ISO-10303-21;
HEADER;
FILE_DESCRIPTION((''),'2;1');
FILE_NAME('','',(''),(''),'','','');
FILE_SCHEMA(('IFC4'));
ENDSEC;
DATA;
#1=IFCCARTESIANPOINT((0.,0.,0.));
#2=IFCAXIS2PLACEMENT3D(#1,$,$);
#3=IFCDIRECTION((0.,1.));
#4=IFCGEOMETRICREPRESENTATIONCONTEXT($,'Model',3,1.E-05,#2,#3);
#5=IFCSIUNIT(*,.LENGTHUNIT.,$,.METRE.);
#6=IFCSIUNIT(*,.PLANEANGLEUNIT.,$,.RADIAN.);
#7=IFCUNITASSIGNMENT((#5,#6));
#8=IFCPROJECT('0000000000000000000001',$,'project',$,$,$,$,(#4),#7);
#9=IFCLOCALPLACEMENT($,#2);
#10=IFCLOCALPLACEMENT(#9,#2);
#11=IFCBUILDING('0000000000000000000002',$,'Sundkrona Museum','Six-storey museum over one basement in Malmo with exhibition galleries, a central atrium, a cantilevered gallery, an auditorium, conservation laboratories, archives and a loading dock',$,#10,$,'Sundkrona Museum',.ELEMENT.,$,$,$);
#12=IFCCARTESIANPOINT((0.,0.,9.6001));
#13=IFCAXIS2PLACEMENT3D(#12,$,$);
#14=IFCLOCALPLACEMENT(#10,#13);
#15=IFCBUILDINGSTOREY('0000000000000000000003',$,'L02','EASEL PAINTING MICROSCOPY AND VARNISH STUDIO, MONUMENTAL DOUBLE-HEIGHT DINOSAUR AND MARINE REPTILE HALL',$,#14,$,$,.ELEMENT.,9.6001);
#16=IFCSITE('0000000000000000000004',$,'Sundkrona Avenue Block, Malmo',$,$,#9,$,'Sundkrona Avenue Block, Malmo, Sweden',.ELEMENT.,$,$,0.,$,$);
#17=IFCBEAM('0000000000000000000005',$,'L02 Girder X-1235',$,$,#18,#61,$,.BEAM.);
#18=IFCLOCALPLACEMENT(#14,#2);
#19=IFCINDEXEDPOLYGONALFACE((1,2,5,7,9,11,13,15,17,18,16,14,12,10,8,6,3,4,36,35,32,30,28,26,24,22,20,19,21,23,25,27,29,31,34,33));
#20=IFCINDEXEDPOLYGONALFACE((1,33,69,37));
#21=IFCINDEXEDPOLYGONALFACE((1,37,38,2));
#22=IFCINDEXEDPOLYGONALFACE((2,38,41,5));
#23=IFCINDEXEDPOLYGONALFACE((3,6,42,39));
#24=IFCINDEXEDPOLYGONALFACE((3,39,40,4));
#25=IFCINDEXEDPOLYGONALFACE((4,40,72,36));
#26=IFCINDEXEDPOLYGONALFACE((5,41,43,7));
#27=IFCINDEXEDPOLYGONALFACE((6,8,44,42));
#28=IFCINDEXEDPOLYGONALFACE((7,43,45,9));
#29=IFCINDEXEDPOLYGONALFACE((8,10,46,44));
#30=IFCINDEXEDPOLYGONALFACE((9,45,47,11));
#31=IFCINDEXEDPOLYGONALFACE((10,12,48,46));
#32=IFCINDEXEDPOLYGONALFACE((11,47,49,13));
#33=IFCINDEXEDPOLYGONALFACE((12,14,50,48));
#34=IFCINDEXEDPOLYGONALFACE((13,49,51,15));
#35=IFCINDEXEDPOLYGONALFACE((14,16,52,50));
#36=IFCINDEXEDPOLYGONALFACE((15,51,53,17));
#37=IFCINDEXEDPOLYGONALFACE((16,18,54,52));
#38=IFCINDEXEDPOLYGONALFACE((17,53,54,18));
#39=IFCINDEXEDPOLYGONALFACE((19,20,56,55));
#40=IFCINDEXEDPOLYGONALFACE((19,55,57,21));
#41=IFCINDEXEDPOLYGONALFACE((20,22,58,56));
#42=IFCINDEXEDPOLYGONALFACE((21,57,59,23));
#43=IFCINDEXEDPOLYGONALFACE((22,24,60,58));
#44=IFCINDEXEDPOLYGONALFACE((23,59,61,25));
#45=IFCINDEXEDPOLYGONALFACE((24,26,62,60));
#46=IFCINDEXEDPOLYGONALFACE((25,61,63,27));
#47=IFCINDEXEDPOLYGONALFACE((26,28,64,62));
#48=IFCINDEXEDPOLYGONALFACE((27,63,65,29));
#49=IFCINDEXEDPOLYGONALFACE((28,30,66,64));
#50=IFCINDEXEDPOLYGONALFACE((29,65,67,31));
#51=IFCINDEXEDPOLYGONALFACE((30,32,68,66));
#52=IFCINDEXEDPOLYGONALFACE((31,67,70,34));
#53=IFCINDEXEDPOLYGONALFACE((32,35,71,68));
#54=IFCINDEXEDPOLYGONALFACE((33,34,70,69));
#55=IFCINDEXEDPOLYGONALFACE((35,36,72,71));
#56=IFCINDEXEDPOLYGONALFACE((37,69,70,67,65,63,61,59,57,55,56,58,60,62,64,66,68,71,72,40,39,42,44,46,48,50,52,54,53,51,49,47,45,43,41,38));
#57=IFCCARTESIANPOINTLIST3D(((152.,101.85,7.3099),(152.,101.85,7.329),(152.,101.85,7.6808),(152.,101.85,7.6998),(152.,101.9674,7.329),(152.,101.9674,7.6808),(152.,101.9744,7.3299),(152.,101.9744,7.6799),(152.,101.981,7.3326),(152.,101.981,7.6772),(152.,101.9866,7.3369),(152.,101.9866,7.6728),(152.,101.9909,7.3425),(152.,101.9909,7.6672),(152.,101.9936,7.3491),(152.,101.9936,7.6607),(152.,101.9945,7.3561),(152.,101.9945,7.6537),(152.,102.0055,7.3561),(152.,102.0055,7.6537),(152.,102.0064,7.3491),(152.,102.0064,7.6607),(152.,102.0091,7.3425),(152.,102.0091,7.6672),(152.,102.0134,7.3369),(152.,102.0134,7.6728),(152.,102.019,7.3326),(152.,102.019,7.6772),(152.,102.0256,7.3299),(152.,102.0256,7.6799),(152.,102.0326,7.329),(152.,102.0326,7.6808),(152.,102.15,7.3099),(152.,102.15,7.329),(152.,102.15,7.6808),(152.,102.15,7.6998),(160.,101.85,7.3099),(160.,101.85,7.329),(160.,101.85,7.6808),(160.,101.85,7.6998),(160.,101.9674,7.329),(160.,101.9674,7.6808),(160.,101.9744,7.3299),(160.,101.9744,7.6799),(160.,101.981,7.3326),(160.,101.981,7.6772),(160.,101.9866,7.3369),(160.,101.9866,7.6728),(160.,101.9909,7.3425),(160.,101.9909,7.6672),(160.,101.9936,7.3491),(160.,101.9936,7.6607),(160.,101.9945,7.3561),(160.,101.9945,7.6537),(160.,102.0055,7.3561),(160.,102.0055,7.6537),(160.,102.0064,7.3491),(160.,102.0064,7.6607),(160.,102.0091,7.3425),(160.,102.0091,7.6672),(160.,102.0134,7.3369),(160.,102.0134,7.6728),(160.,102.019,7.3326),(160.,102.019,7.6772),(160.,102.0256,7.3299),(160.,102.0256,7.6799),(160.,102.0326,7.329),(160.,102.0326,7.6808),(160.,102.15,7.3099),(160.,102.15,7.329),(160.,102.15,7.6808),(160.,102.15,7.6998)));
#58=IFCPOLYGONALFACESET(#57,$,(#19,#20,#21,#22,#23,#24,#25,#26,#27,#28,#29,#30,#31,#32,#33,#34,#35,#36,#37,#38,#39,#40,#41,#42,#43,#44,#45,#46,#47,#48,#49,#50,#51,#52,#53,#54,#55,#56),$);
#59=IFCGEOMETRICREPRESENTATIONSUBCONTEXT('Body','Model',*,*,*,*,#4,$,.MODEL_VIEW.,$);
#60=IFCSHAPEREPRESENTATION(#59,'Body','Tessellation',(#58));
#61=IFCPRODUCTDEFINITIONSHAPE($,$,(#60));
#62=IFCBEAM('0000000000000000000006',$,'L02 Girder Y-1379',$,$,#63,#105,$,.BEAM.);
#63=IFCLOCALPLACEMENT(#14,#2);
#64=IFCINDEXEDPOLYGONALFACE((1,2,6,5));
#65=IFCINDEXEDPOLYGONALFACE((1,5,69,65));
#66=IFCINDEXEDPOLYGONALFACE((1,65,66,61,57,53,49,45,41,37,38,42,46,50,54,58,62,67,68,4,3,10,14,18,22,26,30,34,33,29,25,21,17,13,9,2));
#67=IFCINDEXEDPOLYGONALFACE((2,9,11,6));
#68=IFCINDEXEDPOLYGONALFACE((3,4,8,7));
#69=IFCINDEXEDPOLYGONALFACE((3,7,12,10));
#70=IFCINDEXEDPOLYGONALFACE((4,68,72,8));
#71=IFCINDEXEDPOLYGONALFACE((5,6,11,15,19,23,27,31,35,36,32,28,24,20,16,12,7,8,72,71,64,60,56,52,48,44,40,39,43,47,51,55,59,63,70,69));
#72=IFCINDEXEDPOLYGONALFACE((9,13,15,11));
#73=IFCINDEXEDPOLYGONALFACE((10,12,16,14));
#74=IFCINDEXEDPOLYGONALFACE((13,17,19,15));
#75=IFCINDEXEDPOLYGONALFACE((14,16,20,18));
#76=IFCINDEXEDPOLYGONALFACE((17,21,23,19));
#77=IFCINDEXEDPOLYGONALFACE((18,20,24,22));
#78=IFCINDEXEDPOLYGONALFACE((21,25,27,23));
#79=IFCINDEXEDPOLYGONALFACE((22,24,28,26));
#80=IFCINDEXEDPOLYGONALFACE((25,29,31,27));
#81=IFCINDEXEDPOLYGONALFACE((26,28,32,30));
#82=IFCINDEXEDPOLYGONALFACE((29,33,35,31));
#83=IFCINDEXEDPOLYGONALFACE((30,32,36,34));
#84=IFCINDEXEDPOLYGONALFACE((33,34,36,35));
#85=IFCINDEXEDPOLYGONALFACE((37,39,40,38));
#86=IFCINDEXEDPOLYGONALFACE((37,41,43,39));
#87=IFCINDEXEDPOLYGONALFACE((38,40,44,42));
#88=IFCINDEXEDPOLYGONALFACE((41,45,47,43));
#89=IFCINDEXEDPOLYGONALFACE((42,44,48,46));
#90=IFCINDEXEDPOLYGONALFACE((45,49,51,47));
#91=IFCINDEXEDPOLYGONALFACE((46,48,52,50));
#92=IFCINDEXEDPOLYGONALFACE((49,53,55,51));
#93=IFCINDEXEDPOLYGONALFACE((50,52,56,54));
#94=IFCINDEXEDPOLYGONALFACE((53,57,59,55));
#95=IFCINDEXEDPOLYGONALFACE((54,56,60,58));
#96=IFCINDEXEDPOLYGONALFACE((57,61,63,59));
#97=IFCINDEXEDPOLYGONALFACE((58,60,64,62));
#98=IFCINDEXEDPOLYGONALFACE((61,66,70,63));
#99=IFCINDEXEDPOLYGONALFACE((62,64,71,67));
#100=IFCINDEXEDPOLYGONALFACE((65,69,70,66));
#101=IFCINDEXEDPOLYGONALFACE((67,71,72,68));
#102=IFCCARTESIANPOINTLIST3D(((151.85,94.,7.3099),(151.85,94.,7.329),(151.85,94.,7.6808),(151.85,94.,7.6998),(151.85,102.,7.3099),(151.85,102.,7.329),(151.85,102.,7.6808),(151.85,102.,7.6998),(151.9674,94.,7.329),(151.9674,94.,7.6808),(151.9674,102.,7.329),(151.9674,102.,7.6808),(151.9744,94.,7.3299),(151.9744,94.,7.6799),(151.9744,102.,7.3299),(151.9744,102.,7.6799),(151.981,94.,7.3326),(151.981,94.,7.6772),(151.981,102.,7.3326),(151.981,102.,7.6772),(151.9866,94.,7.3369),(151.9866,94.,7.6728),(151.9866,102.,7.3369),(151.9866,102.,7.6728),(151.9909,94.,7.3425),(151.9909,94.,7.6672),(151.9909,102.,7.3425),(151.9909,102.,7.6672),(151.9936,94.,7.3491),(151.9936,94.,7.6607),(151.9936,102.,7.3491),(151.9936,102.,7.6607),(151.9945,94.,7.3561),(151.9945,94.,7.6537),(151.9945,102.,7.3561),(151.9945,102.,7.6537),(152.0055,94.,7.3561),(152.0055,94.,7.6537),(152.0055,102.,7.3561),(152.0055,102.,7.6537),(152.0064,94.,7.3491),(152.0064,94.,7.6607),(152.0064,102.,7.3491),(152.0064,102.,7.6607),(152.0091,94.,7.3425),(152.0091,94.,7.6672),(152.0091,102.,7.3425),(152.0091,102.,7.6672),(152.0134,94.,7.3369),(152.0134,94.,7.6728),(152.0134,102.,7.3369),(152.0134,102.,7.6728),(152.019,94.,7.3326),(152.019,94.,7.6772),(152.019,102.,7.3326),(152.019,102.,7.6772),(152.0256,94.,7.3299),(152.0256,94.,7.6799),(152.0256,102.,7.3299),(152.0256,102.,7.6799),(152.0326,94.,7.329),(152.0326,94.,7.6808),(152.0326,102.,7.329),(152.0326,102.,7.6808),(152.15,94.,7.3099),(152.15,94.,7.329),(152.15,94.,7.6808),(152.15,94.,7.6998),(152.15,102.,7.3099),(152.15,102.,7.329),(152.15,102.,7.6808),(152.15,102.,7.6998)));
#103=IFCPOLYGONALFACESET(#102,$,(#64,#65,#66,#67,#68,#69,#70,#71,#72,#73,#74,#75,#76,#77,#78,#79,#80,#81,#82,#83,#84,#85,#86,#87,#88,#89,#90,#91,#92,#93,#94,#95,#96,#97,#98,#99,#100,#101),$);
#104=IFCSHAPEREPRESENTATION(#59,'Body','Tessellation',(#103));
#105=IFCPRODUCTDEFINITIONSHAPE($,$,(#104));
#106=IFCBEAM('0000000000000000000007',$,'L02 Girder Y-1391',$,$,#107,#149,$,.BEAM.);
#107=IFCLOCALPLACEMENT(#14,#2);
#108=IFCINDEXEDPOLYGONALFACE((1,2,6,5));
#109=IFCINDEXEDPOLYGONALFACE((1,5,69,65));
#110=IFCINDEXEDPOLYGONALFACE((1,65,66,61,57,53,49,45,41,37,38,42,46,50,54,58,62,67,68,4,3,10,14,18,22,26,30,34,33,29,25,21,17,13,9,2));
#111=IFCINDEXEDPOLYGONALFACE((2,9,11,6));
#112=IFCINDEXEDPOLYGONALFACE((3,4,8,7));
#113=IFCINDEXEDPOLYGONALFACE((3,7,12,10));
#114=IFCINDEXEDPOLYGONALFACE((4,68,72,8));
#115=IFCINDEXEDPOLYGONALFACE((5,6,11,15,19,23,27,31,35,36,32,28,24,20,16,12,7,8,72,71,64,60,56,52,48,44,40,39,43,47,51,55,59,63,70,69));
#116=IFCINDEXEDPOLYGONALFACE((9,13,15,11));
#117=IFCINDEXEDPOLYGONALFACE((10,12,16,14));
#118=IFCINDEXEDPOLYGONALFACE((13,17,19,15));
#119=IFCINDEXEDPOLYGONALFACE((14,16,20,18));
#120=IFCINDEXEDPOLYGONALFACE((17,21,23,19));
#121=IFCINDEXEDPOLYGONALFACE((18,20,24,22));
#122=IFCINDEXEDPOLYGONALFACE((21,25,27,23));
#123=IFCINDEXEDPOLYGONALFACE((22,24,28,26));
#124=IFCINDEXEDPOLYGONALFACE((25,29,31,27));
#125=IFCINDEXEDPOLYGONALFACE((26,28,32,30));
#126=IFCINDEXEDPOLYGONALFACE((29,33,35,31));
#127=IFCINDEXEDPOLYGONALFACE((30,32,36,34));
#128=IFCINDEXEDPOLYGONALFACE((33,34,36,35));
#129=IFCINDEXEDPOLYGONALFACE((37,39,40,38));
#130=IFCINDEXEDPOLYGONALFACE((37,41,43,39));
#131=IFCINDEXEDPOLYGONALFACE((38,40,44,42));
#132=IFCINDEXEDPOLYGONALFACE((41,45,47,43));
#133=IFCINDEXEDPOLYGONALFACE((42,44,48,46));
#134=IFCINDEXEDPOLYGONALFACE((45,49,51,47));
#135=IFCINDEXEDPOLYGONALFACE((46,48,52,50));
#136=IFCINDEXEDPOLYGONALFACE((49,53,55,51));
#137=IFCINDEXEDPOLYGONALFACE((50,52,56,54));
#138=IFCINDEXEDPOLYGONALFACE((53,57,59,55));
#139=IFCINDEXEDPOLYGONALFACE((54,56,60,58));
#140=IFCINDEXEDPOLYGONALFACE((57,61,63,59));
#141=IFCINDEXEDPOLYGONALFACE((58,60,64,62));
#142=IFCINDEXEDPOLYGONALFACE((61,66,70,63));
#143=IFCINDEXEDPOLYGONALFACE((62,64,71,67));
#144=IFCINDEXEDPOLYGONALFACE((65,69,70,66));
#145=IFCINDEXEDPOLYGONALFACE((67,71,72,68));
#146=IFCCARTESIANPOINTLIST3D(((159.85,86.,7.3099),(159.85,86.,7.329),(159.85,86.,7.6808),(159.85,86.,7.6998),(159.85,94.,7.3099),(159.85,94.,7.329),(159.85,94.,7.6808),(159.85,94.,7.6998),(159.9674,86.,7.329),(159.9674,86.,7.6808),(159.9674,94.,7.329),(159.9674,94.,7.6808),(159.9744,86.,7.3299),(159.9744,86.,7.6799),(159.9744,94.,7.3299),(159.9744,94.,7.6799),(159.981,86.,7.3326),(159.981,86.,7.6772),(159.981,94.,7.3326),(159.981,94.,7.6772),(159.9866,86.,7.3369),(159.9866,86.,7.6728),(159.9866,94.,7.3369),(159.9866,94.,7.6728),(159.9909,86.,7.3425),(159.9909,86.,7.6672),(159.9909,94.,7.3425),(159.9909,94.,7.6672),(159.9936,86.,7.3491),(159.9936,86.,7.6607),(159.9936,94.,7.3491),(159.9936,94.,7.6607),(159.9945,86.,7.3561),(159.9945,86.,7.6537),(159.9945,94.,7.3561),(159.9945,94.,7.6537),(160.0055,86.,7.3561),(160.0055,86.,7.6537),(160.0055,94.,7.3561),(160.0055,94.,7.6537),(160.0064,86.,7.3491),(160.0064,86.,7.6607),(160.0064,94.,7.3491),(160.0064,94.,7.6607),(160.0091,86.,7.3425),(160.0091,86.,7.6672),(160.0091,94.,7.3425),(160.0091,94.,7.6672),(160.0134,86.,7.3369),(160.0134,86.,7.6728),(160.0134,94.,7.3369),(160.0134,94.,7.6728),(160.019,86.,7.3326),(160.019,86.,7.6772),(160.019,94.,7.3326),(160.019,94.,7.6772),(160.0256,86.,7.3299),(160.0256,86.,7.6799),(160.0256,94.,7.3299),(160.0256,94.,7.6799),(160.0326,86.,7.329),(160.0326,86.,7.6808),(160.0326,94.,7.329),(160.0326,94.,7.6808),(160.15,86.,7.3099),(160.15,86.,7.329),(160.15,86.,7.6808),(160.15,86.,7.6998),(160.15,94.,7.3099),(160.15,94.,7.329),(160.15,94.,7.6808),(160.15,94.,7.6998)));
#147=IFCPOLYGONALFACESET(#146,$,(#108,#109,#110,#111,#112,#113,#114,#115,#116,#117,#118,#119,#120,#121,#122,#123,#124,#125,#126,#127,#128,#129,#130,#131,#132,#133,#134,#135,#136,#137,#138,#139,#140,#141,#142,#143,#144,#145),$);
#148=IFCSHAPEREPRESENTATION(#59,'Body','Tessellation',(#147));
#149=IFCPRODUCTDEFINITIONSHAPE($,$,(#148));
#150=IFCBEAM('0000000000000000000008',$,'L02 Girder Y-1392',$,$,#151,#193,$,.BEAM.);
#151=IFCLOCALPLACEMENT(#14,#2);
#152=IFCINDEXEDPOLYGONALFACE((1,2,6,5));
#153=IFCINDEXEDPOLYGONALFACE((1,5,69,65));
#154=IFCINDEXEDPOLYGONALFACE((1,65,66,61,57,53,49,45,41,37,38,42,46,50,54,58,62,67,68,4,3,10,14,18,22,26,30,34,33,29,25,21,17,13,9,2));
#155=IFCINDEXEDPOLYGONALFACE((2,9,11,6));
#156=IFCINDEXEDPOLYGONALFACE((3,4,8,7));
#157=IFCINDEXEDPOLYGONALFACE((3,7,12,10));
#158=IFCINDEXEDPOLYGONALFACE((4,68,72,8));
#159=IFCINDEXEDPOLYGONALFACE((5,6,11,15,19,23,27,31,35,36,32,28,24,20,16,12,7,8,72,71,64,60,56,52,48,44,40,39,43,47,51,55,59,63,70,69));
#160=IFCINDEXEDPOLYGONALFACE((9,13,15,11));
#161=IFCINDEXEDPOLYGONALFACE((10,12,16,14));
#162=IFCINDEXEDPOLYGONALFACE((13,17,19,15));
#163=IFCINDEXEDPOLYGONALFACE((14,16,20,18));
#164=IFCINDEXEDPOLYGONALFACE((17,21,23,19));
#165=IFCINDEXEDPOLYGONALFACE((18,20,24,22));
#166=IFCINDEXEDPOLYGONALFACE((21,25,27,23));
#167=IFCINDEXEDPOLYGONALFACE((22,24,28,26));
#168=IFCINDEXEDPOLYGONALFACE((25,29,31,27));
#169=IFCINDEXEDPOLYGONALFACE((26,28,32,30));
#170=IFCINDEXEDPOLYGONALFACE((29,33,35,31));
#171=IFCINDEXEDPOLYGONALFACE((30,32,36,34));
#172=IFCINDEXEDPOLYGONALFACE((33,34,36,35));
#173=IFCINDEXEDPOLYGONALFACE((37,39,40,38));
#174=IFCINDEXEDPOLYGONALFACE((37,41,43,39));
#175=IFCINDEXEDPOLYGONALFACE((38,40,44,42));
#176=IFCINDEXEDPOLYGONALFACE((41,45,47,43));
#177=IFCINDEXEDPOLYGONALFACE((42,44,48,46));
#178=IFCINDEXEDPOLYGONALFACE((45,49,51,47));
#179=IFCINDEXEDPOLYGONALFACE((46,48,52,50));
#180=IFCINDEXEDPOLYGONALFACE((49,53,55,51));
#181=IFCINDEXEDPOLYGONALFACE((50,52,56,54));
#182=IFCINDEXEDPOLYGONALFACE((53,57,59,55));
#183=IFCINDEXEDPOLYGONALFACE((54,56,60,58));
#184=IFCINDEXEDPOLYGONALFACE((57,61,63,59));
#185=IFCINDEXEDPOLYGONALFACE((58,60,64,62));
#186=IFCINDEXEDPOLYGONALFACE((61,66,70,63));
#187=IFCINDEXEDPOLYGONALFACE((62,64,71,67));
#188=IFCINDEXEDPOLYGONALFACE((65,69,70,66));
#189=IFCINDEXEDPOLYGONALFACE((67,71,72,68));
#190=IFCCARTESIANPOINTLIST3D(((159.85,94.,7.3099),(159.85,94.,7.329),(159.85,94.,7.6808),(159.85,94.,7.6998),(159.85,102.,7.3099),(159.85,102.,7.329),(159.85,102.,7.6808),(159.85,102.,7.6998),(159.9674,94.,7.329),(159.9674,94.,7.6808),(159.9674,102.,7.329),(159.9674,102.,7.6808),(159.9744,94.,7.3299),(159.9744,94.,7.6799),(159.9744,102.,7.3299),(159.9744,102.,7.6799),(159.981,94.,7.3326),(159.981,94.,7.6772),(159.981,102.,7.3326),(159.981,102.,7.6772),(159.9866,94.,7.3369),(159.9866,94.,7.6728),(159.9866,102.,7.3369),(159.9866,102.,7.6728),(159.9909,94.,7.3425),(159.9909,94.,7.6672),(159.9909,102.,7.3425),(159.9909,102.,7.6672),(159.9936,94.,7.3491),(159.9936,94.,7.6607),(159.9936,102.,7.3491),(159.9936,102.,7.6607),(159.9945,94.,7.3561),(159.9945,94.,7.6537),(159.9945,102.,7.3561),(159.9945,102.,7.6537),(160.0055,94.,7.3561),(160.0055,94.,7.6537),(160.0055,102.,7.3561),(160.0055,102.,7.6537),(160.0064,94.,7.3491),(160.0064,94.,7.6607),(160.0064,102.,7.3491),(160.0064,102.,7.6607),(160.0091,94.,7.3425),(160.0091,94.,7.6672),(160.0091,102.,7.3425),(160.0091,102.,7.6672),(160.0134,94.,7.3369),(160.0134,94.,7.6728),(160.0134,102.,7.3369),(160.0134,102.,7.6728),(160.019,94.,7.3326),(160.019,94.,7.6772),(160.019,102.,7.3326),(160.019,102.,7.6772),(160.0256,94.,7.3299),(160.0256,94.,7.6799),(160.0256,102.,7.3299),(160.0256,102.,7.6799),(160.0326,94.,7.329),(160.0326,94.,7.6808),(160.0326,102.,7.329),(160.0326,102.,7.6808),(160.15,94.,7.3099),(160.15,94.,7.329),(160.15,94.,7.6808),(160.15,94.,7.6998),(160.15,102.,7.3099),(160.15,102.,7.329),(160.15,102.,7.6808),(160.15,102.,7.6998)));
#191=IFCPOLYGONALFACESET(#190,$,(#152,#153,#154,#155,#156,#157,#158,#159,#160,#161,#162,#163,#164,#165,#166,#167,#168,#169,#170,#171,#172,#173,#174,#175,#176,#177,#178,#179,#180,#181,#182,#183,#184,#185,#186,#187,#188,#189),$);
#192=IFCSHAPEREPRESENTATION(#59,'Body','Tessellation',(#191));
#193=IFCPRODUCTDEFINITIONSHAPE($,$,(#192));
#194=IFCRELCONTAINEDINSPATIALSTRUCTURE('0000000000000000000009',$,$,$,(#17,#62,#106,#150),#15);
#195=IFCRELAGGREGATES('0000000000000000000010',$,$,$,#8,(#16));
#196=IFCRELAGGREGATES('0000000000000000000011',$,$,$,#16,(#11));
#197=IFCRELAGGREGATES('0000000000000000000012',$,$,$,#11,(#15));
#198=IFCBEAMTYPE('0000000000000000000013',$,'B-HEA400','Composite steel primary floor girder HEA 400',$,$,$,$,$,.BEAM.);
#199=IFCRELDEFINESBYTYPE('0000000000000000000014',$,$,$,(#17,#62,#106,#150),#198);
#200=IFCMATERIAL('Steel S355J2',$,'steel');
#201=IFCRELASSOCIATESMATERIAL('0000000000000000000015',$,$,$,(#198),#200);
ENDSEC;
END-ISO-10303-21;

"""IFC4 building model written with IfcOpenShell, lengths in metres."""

from ifc_helpers import new_model, si_unit, direction, frame, origin, origin_2d, place, context, subcontext, project, spatial, i_section, extrude, material, material_profile, profile_set, type_object, element, save


model = new_model("IFC4")

# Units and contexts
model_context = context("Model", 3, precision=1e-05, world=origin(), true_north=direction((0.0, 1.0)))
body_context = subcontext(model_context, "Body", "Model", "MODEL_VIEW")
ifc_project = project(units=[si_unit("LENGTHUNIT", "METRE"), si_unit("PLANEANGLEUNIT", "RADIAN")], contexts=[model_context])

# Site, building, storey
site_placement = place(None, origin())
site = spatial("IfcSite", under=ifc_project, at=site_placement, Name="Sundkrona Avenue Block, Malmo", LongName="Sundkrona Avenue Block, Malmo, Sweden", CompositionType="ELEMENT", RefElevation=0.0)
building_placement = place(site_placement, origin())
building = spatial("IfcBuilding", under=site, at=building_placement, Name="Sundkrona Museum", Description="Six-storey museum over one basement in Malmo with exhibition galleries, a central atrium, a cantilevered gallery, an auditorium, conservation laboratories, archives and a loading dock", LongName="Sundkrona Museum", CompositionType="ELEMENT")
storey_placement = place(building_placement, frame((0.0, 0.0, 9.6001)))
storey = spatial("IfcBuildingStorey", under=building, at=storey_placement, Name="L02", Description="EASEL PAINTING MICROSCOPY AND VARNISH STUDIO, MONUMENTAL DOUBLE-HEIGHT DINOSAUR AND MARINE REPTILE HALL", CompositionType="ELEMENT", Elevation=9.6001)

# Shared definitions
ifc_material_1 = material(Name="Steel S355J2", Category="steel")

# Beams
ifc_material_profile_1 = material_profile(ifc_material_1, i_section(OverallWidth=0.3, OverallDepth=0.3899, WebThickness=0.011, FlangeThickness=0.019, FilletRadius=0.0271, at=origin_2d()), Name="HEA 400")
ifc_profile_set_1 = profile_set([ifc_material_profile_1], Name="Steel S355J2")
beam_type_1 = type_object("IfcBeamType", Name="B-HEA400", Description="Composite steel primary floor girder HEA 400", PredefinedType="BEAM", material=ifc_profile_set_1)
for number, where, z_axis, x_axis, name in (
    (1, (152.0, 102.0, 7.5049), (1.0, 0.0, 0.0), (0.0, 1.0, 0.0), "L02 Girder X-1235"),
    (2, (152.0, 94.0, 7.5049), (0.0, 1.0, 0.0), (-1.0, 0.0, 0.0), "L02 Girder Y-1379"),
    (3, (160.0, 86.0, 7.5049), (0.0, 1.0, 0.0), (-1.0, 0.0, 0.0), "L02 Girder Y-1391"),
    (4, (160.0, 94.0, 7.5049), (0.0, 1.0, 0.0), (-1.0, 0.0, 0.0), "L02 Girder Y-1392"),
):
    element("IfcBeam", number, at=place(storey_placement, frame(where, z_axis=z_axis, x_axis=x_axis)), inside=storey, type_object=beam_type_1, Name=name, PredefinedType="BEAM", context=body_context, shape_type="SweptSolid", body=[
        extrude(i_section(OverallWidth=0.3, OverallDepth=0.3899, WebThickness=0.011, FlangeThickness=0.019, FilletRadius=0.0271, at=origin_2d()), origin(), (0.0, 0.0, 1.0), 8.0),
    ])

save(model, "model.ifc")
